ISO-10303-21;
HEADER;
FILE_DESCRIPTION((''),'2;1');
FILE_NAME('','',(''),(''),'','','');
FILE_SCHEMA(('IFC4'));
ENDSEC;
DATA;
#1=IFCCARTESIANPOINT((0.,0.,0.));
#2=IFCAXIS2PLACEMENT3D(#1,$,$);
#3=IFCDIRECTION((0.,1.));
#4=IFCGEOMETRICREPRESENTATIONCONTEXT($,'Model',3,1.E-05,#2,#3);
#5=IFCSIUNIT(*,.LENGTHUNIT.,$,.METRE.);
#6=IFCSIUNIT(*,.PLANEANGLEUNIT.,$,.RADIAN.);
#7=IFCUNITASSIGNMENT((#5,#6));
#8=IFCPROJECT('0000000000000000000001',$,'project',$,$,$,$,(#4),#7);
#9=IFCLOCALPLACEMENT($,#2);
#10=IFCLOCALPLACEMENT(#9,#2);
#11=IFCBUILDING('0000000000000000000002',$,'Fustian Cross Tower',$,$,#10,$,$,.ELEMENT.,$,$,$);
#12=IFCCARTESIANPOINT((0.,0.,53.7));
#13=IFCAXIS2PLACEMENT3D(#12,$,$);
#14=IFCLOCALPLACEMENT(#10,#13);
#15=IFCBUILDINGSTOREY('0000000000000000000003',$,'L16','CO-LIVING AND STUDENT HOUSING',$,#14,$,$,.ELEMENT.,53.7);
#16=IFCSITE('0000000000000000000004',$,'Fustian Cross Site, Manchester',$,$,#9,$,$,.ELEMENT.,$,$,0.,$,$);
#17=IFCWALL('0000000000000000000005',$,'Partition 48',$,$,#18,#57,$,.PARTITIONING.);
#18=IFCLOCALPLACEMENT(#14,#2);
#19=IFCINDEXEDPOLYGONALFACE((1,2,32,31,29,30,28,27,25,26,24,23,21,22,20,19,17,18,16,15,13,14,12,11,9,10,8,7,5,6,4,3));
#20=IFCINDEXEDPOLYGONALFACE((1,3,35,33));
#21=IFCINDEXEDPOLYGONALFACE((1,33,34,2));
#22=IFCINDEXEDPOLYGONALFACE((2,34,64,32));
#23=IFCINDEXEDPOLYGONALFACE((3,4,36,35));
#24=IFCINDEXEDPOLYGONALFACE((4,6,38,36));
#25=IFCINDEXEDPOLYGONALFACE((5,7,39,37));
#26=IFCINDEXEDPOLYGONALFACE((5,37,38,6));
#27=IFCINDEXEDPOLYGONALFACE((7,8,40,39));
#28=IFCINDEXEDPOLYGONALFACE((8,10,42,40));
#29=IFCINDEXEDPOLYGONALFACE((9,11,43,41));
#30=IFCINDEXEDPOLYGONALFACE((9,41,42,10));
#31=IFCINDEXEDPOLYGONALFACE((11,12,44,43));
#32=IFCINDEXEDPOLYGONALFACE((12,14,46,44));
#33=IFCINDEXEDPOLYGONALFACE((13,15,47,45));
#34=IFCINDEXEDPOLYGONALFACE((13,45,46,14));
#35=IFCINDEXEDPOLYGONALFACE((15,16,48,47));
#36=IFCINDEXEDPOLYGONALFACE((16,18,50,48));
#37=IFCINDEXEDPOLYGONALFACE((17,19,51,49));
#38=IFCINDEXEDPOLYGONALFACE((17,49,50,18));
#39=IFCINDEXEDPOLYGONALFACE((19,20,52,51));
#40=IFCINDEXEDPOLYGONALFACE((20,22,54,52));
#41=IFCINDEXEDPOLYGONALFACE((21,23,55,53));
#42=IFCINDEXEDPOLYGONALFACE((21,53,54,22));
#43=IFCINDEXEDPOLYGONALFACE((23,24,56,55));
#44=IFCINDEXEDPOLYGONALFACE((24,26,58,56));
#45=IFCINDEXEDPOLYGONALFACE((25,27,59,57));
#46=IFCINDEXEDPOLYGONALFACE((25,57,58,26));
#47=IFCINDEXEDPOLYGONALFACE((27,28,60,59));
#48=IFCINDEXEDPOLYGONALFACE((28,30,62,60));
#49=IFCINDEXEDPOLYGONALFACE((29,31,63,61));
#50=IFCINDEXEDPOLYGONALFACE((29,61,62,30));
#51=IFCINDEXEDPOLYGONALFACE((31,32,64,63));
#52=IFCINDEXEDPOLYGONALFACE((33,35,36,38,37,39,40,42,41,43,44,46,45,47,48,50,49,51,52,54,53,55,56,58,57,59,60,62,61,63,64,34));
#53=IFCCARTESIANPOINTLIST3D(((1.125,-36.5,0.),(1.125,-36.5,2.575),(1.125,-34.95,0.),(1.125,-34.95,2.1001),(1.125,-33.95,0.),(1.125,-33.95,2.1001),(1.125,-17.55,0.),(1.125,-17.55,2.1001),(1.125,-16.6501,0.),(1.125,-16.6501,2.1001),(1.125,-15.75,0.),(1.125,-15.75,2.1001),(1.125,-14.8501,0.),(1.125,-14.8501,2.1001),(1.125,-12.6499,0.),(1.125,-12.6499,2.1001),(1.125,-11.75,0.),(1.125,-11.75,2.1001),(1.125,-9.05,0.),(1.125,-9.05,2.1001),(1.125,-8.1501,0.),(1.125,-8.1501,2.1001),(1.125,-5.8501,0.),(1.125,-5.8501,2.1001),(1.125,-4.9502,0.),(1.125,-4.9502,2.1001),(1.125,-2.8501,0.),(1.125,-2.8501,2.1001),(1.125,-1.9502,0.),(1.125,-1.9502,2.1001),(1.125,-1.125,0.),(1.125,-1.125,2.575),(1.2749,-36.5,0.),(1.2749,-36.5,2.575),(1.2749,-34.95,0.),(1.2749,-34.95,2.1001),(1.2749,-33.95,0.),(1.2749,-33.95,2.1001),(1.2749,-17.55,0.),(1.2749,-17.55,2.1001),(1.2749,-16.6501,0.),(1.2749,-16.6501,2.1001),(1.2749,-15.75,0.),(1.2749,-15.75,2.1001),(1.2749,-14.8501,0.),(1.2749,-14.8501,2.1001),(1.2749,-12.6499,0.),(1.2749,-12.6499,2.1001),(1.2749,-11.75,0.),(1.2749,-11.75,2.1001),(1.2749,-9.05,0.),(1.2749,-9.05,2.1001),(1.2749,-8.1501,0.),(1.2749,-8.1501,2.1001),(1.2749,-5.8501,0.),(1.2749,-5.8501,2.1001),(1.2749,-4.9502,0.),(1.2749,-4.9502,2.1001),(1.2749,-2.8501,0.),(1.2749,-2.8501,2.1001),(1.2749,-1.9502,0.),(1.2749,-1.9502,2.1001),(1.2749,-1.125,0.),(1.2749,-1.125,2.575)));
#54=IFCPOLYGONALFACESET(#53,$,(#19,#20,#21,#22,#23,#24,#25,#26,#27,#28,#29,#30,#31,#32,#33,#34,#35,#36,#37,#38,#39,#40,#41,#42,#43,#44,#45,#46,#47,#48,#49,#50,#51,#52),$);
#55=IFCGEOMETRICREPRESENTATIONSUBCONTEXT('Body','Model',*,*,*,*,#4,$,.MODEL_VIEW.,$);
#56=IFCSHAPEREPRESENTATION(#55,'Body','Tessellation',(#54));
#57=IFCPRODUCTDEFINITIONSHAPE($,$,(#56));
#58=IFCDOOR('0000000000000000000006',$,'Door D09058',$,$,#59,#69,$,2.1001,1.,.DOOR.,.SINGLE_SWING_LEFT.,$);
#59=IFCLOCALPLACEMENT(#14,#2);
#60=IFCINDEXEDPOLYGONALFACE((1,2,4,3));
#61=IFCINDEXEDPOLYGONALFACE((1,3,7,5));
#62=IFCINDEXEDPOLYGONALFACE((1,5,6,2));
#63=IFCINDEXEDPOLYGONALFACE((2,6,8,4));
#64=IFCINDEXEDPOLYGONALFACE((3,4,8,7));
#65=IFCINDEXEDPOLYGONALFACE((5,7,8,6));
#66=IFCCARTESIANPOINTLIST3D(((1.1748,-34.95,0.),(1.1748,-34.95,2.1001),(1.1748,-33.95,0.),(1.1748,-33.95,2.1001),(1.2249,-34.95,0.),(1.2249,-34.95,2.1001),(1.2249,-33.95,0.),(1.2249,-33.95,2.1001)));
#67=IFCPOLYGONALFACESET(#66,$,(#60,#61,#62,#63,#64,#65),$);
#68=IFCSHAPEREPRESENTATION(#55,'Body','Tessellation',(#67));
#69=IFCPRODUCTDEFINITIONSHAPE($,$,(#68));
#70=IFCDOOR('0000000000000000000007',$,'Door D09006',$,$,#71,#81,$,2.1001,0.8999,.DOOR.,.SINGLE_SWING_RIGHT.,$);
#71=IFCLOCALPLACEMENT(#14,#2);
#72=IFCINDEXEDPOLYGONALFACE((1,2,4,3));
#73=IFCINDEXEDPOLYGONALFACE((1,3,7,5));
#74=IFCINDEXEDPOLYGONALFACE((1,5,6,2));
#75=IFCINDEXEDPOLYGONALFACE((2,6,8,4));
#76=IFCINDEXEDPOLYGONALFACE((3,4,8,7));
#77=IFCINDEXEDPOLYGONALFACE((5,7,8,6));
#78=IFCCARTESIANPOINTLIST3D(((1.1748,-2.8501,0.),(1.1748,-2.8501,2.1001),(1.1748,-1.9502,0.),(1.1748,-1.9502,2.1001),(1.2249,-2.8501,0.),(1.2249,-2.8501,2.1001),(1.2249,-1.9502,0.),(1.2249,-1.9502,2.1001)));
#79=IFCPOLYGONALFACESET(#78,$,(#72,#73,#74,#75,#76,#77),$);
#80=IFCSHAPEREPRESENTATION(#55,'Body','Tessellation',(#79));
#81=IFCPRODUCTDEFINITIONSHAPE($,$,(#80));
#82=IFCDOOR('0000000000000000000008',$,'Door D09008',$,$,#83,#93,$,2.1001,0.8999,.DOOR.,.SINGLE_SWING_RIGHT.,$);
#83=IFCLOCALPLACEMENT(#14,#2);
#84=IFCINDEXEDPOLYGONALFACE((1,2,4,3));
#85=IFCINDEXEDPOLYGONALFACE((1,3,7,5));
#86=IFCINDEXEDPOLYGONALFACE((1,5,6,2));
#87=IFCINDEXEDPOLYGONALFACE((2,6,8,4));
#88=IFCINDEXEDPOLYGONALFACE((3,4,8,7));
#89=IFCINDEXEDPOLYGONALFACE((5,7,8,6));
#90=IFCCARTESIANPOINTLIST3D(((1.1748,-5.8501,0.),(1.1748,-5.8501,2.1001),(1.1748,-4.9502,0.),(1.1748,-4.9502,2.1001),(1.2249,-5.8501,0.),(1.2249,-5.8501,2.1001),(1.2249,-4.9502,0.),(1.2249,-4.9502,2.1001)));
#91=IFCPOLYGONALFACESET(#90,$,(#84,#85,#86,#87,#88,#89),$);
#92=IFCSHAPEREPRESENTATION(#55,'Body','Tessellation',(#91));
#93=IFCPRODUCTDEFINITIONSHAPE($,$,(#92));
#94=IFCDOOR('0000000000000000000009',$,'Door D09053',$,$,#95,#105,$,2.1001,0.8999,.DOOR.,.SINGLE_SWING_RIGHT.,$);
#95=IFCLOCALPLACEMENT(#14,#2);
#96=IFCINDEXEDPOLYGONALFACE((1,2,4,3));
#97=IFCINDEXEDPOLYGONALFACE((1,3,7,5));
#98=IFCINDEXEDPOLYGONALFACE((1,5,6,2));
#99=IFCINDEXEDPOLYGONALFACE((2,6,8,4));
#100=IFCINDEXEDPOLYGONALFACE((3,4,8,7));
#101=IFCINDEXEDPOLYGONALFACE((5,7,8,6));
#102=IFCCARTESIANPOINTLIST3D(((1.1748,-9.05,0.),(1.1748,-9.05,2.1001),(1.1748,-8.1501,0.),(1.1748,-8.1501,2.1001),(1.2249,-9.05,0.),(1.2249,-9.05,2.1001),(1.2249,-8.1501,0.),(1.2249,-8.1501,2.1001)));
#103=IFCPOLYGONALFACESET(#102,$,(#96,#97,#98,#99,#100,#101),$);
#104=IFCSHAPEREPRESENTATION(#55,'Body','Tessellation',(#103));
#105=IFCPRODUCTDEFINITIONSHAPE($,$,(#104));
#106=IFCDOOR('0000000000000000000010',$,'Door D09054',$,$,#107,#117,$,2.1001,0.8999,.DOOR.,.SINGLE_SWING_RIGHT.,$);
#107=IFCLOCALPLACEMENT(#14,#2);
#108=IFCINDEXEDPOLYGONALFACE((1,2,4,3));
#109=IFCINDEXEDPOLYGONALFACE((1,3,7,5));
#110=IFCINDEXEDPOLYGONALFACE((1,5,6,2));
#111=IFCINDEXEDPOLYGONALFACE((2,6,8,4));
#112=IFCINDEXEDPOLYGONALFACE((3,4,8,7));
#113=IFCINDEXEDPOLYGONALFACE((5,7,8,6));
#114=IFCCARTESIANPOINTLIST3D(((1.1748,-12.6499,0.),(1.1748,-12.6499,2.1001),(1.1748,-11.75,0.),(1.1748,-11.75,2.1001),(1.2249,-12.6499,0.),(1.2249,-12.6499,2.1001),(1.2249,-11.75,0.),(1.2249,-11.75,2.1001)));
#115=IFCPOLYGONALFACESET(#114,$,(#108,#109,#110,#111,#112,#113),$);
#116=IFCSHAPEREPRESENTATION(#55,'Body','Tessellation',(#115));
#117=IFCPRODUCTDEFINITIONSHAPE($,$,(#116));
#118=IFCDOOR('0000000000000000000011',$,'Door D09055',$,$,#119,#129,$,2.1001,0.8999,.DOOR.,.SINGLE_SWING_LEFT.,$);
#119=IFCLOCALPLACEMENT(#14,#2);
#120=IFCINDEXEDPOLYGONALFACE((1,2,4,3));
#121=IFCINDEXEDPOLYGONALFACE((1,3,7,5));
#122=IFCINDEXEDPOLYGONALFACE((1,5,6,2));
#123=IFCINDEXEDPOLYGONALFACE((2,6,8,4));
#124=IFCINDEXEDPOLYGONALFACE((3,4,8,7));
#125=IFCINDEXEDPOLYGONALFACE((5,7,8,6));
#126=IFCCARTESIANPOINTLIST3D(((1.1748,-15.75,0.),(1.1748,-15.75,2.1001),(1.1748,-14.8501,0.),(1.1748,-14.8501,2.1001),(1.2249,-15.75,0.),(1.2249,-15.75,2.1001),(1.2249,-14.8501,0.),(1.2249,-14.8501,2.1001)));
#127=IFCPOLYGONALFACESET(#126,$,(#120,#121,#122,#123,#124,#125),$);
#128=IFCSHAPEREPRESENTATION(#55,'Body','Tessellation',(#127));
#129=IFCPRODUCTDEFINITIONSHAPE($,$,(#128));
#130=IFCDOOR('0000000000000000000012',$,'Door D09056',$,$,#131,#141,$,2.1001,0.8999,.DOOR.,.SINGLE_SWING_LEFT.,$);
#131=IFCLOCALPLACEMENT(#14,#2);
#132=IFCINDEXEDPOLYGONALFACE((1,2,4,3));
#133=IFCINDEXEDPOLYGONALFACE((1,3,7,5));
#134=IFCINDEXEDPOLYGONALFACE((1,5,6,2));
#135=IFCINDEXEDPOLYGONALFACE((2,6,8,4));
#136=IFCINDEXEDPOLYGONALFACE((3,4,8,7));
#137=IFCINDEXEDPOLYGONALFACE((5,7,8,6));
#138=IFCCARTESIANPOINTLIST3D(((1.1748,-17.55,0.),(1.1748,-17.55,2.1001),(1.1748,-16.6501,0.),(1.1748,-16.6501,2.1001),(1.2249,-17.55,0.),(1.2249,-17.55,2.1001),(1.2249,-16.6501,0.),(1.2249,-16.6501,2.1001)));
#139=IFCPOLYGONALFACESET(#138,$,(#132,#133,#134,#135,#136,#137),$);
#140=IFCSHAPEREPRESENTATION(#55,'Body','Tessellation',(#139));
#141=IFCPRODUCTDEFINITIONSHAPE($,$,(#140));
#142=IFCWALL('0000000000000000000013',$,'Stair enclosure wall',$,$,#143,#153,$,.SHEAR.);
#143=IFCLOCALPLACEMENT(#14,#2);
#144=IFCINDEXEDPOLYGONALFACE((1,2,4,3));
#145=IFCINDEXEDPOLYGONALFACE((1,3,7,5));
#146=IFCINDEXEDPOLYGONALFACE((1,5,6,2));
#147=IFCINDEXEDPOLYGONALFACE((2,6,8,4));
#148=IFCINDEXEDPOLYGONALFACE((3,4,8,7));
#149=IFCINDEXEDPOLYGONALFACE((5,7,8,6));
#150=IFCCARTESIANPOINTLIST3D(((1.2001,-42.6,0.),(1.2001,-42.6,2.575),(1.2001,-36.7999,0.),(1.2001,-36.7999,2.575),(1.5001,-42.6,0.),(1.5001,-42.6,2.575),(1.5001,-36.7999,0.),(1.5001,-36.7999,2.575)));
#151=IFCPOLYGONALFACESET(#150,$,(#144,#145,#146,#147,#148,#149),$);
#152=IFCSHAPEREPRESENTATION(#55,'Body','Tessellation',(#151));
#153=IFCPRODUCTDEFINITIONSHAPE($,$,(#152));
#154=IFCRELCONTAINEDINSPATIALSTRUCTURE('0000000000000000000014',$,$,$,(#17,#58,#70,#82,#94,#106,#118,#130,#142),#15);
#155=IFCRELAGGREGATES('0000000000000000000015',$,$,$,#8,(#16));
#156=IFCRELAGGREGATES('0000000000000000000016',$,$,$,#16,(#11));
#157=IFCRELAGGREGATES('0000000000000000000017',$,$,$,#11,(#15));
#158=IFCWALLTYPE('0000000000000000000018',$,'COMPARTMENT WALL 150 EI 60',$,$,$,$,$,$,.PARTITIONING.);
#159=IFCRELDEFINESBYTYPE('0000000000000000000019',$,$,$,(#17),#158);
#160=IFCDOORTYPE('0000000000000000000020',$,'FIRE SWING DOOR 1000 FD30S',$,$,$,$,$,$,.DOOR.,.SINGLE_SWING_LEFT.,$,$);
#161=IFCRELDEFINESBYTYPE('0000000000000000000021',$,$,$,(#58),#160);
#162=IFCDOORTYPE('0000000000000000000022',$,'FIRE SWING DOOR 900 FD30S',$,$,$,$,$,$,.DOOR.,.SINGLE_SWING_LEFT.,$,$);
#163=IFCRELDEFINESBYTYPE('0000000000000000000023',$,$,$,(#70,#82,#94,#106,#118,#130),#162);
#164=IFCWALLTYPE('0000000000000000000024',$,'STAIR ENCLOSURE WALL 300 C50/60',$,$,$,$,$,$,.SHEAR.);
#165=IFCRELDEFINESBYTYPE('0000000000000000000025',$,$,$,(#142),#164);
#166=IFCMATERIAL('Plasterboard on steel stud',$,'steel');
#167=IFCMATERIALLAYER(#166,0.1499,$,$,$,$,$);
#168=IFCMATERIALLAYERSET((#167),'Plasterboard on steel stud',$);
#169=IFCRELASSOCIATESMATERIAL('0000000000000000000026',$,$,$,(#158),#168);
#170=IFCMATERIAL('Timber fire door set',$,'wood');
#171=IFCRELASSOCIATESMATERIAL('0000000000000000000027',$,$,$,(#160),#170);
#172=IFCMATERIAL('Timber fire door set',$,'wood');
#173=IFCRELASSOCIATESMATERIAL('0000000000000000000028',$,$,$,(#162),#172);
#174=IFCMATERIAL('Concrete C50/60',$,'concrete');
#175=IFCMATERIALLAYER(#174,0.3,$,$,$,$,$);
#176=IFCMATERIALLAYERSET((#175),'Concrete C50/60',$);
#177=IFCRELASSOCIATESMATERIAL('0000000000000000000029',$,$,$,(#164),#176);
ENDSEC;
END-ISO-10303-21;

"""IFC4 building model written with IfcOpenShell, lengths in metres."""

from ifc_helpers import new_model, si_unit, direction, frame, frame_2d, origin, place, context, subcontext, project, spatial, rectangle, extrude, material, layer, layer_set, type_object, element, fill, save


model = new_model("IFC4")

# Units and contexts
model_context = context("Model", 3, precision=1e-05, world=origin(), true_north=direction((0.0, 1.0)))
body_context = subcontext(model_context, "Body", "Model", "MODEL_VIEW")
ifc_project = project(units=[si_unit("LENGTHUNIT", "METRE"), si_unit("PLANEANGLEUNIT", "RADIAN")], contexts=[model_context])

# Site, building, storey
site_placement = place(None, origin())
site = spatial("IfcSite", under=ifc_project, at=site_placement, Name="Fustian Cross Site, Manchester", CompositionType="ELEMENT", RefElevation=0.0)
building_placement = place(site_placement, origin())
building = spatial("IfcBuilding", under=site, at=building_placement, Name="Fustian Cross Tower", CompositionType="ELEMENT")
storey_placement = place(building_placement, frame((0.0, 0.0, 53.7)))
storey = spatial("IfcBuildingStorey", under=building, at=storey_placement, Name="L16", Description="CO-LIVING AND STUDENT HOUSING", CompositionType="ELEMENT", Elevation=53.7)

# Wall, openings, doors
ifc_material_1 = material(Name="Plasterboard on steel stud", Category="steel")
ifc_layer_1 = layer(ifc_material_1, 0.1499)
ifc_layer_set_1 = layer_set([ifc_layer_1], Name="Plasterboard on steel stud")
wall_type_1 = type_object("IfcWallType", Name="COMPARTMENT WALL 150 EI 60", PredefinedType="PARTITIONING", material=ifc_layer_set_1)
wall_1_placement = place(storey_placement, frame((1.2, -36.5, 0.0), z_axis=(0.0, 0.0, 1.0), x_axis=(0.0, 1.0, 0.0)))
wall_1 = element("IfcWall", 1, at=wall_1_placement, inside=storey, type_object=wall_type_1, Name="Partition 48", PredefinedType="PARTITIONING", context=body_context, shape_type="SweptSolid", body=[
    extrude(rectangle(XDim=35.375, YDim=0.1499, at=frame_2d((17.6875, 0.0))), origin(), (0.0, 0.0, 1.0), 2.575),
])
opening_1_placement = place(wall_1_placement, frame((33.6499, 0.0, 0.0)))
opening_1 = element("IfcOpeningElement", 2, at=opening_1_placement, cuts=wall_1, PredefinedType="OPENING", context=body_context, shape_type="SweptSolid", body=[
    extrude(rectangle(XDim=0.8999, YDim=2.1001, at=frame_2d((0.45, 1.05))), frame((0.0, 0.085, 0.0), z_axis=(0.0, -1.0, 0.0), x_axis=(1.0, 0.0, 0.0)), (0.0, 0.0, 1.0), 0.1699),
])
opening_2_placement = place(wall_1_placement, frame((30.6499, 0.0, 0.0)))
opening_2 = element("IfcOpeningElement", 3, at=opening_2_placement, cuts=wall_1, PredefinedType="OPENING", context=body_context, shape_type="SweptSolid", body=[
    extrude(rectangle(XDim=0.8999, YDim=2.1001, at=frame_2d((0.45, 1.05))), frame((0.0, 0.085, 0.0), z_axis=(0.0, -1.0, 0.0), x_axis=(1.0, 0.0, 0.0)), (0.0, 0.0, 1.0), 0.1699),
])
opening_3_placement = place(wall_1_placement, frame((27.45, 0.0, 0.0)))
opening_3 = element("IfcOpeningElement", 4, at=opening_3_placement, cuts=wall_1, PredefinedType="OPENING", context=body_context, shape_type="SweptSolid", body=[
    extrude(rectangle(XDim=0.8999, YDim=2.1001, at=frame_2d((0.45, 1.05))), frame((0.0, 0.085, 0.0), z_axis=(0.0, -1.0, 0.0), x_axis=(1.0, 0.0, 0.0)), (0.0, 0.0, 1.0), 0.1699),
])
opening_4_placement = place(wall_1_placement, frame((23.8501, 0.0, 0.0)))
opening_4 = element("IfcOpeningElement", 5, at=opening_4_placement, cuts=wall_1, PredefinedType="OPENING", context=body_context, shape_type="SweptSolid", body=[
    extrude(rectangle(XDim=0.8999, YDim=2.1001, at=frame_2d((0.45, 1.05))), frame((0.0, 0.085, 0.0), z_axis=(0.0, -1.0, 0.0), x_axis=(1.0, 0.0, 0.0)), (0.0, 0.0, 1.0), 0.1699),
])
opening_5_placement = place(wall_1_placement, frame((20.75, 0.0, 0.0)))
opening_5 = element("IfcOpeningElement", 6, at=opening_5_placement, cuts=wall_1, PredefinedType="OPENING", context=body_context, shape_type="SweptSolid", body=[
    extrude(rectangle(XDim=0.8999, YDim=2.1001, at=frame_2d((0.45, 1.05))), frame((0.0, 0.085, 0.0), z_axis=(0.0, -1.0, 0.0), x_axis=(1.0, 0.0, 0.0)), (0.0, 0.0, 1.0), 0.1699),
])
opening_6_placement = place(wall_1_placement, frame((18.95, 0.0, 0.0)))
opening_6 = element("IfcOpeningElement", 7, at=opening_6_placement, cuts=wall_1, PredefinedType="OPENING", context=body_context, shape_type="SweptSolid", body=[
    extrude(rectangle(XDim=0.8999, YDim=2.1001, at=frame_2d((0.45, 1.05))), frame((0.0, 0.085, 0.0), z_axis=(0.0, -1.0, 0.0), x_axis=(1.0, 0.0, 0.0)), (0.0, 0.0, 1.0), 0.1699),
])
opening_7_placement = place(wall_1_placement, frame((1.55, 0.0, 0.0)))
opening_7 = element("IfcOpeningElement", 8, at=opening_7_placement, cuts=wall_1, PredefinedType="OPENING", context=body_context, shape_type="SweptSolid", body=[
    extrude(rectangle(XDim=1.0, YDim=2.1001, at=frame_2d((0.5, 1.05))), frame((0.0, 0.085, 0.0), z_axis=(0.0, -1.0, 0.0), x_axis=(1.0, 0.0, 0.0)), (0.0, 0.0, 1.0), 0.1699),
])
ifc_material_2 = material(Name="Timber fire door set", Category="wood")
door_type_1 = type_object("IfcDoorType", Name="FIRE SWING DOOR 1000 FD30S", OperationType="SINGLE_SWING_LEFT", PredefinedType="DOOR", material=ifc_material_2)
door_1_placement = place(opening_7_placement, frame((1.0, 0.0, 0.0), z_axis=(0.0, 0.0, 1.0), x_axis=(-1.0, 0.0, 0.0)))
door_1 = element("IfcDoor", 9, at=door_1_placement, inside=storey, type_object=door_type_1, Name="Door D09058", OperationType="SINGLE_SWING_LEFT", OverallHeight=2.1001, OverallWidth=1.0, PredefinedType="DOOR", context=body_context, shape_type="SweptSolid", body=[
    extrude(rectangle(XDim=1.0, YDim=2.1001, at=frame_2d((0.5, 1.05))), frame((0.0, 0.0249, 0.0), z_axis=(0.0, -1.0, 0.0), x_axis=(1.0, 0.0, 0.0)), (0.0, 0.0, 1.0), 0.05),
])
fill(opening_7, door_1)
ifc_material_3 = material(Name="Timber fire door set", Category="wood")
door_type_2 = type_object("IfcDoorType", Name="FIRE SWING DOOR 900 FD30S", OperationType="SINGLE_SWING_LEFT", PredefinedType="DOOR", material=ifc_material_3)
door_2_placement = place(opening_1_placement, frame((0.8999, 0.0, 0.0), z_axis=(0.0, 0.0, 1.0), x_axis=(-1.0, 0.0, 0.0)))
door_2 = element("IfcDoor", 10, at=door_2_placement, inside=storey, type_object=door_type_2, Name="Door D09006", OperationType="SINGLE_SWING_RIGHT", OverallHeight=2.1001, OverallWidth=0.8999, PredefinedType="DOOR", context=body_context, shape_type="SweptSolid", body=[
    extrude(rectangle(XDim=0.8999, YDim=2.1001, at=frame_2d((0.45, 1.05))), frame((0.0, 0.0249, 0.0), z_axis=(0.0, -1.0, 0.0), x_axis=(1.0, 0.0, 0.0)), (0.0, 0.0, 1.0), 0.05),
])
fill(opening_1, door_2)
door_3_placement = place(opening_2_placement, frame((0.8999, 0.0, 0.0), z_axis=(0.0, 0.0, 1.0), x_axis=(-1.0, 0.0, 0.0)))
door_3 = element("IfcDoor", 11, at=door_3_placement, inside=storey, type_object=door_type_2, Name="Door D09008", OperationType="SINGLE_SWING_RIGHT", OverallHeight=2.1001, OverallWidth=0.8999, PredefinedType="DOOR", context=body_context, shape_type="SweptSolid", body=[
    extrude(rectangle(XDim=0.8999, YDim=2.1001, at=frame_2d((0.45, 1.05))), frame((0.0, 0.0249, 0.0), z_axis=(0.0, -1.0, 0.0), x_axis=(1.0, 0.0, 0.0)), (0.0, 0.0, 1.0), 0.05),
])
fill(opening_2, door_3)
door_4_placement = place(opening_3_placement, frame((0.8999, 0.0, 0.0), z_axis=(0.0, 0.0, 1.0), x_axis=(-1.0, 0.0, 0.0)))
door_4 = element("IfcDoor", 12, at=door_4_placement, inside=storey, type_object=door_type_2, Name="Door D09053", OperationType="SINGLE_SWING_RIGHT", OverallHeight=2.1001, OverallWidth=0.8999, PredefinedType="DOOR", context=body_context, shape_type="SweptSolid", body=[
    extrude(rectangle(XDim=0.8999, YDim=2.1001, at=frame_2d((0.45, 1.05))), frame((0.0, 0.0249, 0.0), z_axis=(0.0, -1.0, 0.0), x_axis=(1.0, 0.0, 0.0)), (0.0, 0.0, 1.0), 0.05),
])
fill(opening_3, door_4)
door_5_placement = place(opening_4_placement, frame((0.8999, 0.0, 0.0), z_axis=(0.0, 0.0, 1.0), x_axis=(-1.0, 0.0, 0.0)))
door_5 = element("IfcDoor", 13, at=door_5_placement, inside=storey, type_object=door_type_2, Name="Door D09054", OperationType="SINGLE_SWING_RIGHT", OverallHeight=2.1001, OverallWidth=0.8999, PredefinedType="DOOR", context=body_context, shape_type="SweptSolid", body=[
    extrude(rectangle(XDim=0.8999, YDim=2.1001, at=frame_2d((0.45, 1.05))), frame((0.0, 0.0249, 0.0), z_axis=(0.0, -1.0, 0.0), x_axis=(1.0, 0.0, 0.0)), (0.0, 0.0, 1.0), 0.05),
])
fill(opening_4, door_5)
door_6_placement = place(opening_5_placement, frame((0.8999, 0.0, 0.0), z_axis=(0.0, 0.0, 1.0), x_axis=(-1.0, 0.0, 0.0)))
door_6 = element("IfcDoor", 14, at=door_6_placement, inside=storey, type_object=door_type_2, Name="Door D09055", OperationType="SINGLE_SWING_LEFT", OverallHeight=2.1001, OverallWidth=0.8999, PredefinedType="DOOR", context=body_context, shape_type="SweptSolid", body=[
    extrude(rectangle(XDim=0.8999, YDim=2.1001, at=frame_2d((0.45, 1.05))), frame((0.0, 0.0249, 0.0), z_axis=(0.0, -1.0, 0.0), x_axis=(1.0, 0.0, 0.0)), (0.0, 0.0, 1.0), 0.05),
])
fill(opening_5, door_6)
door_7_placement = place(opening_6_placement, frame((0.8999, 0.0, 0.0), z_axis=(0.0, 0.0, 1.0), x_axis=(-1.0, 0.0, 0.0)))
door_7 = element("IfcDoor", 15, at=door_7_placement, inside=storey, type_object=door_type_2, Name="Door D09056", OperationType="SINGLE_SWING_LEFT", OverallHeight=2.1001, OverallWidth=0.8999, PredefinedType="DOOR", context=body_context, shape_type="SweptSolid", body=[
    extrude(rectangle(XDim=0.8999, YDim=2.1001, at=frame_2d((0.45, 1.05))), frame((0.0, 0.0249, 0.0), z_axis=(0.0, -1.0, 0.0), x_axis=(1.0, 0.0, 0.0)), (0.0, 0.0, 1.0), 0.05),
])
fill(opening_6, door_7)

# Wall
ifc_material_4 = material(Name="Concrete C50/60", Category="concrete")
ifc_layer_2 = layer(ifc_material_4, 0.3)
ifc_layer_set_2 = layer_set([ifc_layer_2], Name="Concrete C50/60")
wall_type_2 = type_object("IfcWallType", Name="STAIR ENCLOSURE WALL 300 C50/60", PredefinedType="SHEAR", material=ifc_layer_set_2)
wall_2_placement = place(storey_placement, frame((1.3501, -36.8, 0.0), z_axis=(0.0, 0.0, 1.0), x_axis=(0.0, -1.0, 0.0)))
element("IfcWall", 16, at=wall_2_placement, inside=storey, type_object=wall_type_2, Name="Stair enclosure wall", PredefinedType="SHEAR", context=body_context, shape_type="SweptSolid", body=[
    extrude(rectangle(XDim=5.8, YDim=0.3, at=frame_2d((2.8999, 0.0))), origin(), (0.0, 0.0, 1.0), 2.575),
])

save(model, "model.ifc")
